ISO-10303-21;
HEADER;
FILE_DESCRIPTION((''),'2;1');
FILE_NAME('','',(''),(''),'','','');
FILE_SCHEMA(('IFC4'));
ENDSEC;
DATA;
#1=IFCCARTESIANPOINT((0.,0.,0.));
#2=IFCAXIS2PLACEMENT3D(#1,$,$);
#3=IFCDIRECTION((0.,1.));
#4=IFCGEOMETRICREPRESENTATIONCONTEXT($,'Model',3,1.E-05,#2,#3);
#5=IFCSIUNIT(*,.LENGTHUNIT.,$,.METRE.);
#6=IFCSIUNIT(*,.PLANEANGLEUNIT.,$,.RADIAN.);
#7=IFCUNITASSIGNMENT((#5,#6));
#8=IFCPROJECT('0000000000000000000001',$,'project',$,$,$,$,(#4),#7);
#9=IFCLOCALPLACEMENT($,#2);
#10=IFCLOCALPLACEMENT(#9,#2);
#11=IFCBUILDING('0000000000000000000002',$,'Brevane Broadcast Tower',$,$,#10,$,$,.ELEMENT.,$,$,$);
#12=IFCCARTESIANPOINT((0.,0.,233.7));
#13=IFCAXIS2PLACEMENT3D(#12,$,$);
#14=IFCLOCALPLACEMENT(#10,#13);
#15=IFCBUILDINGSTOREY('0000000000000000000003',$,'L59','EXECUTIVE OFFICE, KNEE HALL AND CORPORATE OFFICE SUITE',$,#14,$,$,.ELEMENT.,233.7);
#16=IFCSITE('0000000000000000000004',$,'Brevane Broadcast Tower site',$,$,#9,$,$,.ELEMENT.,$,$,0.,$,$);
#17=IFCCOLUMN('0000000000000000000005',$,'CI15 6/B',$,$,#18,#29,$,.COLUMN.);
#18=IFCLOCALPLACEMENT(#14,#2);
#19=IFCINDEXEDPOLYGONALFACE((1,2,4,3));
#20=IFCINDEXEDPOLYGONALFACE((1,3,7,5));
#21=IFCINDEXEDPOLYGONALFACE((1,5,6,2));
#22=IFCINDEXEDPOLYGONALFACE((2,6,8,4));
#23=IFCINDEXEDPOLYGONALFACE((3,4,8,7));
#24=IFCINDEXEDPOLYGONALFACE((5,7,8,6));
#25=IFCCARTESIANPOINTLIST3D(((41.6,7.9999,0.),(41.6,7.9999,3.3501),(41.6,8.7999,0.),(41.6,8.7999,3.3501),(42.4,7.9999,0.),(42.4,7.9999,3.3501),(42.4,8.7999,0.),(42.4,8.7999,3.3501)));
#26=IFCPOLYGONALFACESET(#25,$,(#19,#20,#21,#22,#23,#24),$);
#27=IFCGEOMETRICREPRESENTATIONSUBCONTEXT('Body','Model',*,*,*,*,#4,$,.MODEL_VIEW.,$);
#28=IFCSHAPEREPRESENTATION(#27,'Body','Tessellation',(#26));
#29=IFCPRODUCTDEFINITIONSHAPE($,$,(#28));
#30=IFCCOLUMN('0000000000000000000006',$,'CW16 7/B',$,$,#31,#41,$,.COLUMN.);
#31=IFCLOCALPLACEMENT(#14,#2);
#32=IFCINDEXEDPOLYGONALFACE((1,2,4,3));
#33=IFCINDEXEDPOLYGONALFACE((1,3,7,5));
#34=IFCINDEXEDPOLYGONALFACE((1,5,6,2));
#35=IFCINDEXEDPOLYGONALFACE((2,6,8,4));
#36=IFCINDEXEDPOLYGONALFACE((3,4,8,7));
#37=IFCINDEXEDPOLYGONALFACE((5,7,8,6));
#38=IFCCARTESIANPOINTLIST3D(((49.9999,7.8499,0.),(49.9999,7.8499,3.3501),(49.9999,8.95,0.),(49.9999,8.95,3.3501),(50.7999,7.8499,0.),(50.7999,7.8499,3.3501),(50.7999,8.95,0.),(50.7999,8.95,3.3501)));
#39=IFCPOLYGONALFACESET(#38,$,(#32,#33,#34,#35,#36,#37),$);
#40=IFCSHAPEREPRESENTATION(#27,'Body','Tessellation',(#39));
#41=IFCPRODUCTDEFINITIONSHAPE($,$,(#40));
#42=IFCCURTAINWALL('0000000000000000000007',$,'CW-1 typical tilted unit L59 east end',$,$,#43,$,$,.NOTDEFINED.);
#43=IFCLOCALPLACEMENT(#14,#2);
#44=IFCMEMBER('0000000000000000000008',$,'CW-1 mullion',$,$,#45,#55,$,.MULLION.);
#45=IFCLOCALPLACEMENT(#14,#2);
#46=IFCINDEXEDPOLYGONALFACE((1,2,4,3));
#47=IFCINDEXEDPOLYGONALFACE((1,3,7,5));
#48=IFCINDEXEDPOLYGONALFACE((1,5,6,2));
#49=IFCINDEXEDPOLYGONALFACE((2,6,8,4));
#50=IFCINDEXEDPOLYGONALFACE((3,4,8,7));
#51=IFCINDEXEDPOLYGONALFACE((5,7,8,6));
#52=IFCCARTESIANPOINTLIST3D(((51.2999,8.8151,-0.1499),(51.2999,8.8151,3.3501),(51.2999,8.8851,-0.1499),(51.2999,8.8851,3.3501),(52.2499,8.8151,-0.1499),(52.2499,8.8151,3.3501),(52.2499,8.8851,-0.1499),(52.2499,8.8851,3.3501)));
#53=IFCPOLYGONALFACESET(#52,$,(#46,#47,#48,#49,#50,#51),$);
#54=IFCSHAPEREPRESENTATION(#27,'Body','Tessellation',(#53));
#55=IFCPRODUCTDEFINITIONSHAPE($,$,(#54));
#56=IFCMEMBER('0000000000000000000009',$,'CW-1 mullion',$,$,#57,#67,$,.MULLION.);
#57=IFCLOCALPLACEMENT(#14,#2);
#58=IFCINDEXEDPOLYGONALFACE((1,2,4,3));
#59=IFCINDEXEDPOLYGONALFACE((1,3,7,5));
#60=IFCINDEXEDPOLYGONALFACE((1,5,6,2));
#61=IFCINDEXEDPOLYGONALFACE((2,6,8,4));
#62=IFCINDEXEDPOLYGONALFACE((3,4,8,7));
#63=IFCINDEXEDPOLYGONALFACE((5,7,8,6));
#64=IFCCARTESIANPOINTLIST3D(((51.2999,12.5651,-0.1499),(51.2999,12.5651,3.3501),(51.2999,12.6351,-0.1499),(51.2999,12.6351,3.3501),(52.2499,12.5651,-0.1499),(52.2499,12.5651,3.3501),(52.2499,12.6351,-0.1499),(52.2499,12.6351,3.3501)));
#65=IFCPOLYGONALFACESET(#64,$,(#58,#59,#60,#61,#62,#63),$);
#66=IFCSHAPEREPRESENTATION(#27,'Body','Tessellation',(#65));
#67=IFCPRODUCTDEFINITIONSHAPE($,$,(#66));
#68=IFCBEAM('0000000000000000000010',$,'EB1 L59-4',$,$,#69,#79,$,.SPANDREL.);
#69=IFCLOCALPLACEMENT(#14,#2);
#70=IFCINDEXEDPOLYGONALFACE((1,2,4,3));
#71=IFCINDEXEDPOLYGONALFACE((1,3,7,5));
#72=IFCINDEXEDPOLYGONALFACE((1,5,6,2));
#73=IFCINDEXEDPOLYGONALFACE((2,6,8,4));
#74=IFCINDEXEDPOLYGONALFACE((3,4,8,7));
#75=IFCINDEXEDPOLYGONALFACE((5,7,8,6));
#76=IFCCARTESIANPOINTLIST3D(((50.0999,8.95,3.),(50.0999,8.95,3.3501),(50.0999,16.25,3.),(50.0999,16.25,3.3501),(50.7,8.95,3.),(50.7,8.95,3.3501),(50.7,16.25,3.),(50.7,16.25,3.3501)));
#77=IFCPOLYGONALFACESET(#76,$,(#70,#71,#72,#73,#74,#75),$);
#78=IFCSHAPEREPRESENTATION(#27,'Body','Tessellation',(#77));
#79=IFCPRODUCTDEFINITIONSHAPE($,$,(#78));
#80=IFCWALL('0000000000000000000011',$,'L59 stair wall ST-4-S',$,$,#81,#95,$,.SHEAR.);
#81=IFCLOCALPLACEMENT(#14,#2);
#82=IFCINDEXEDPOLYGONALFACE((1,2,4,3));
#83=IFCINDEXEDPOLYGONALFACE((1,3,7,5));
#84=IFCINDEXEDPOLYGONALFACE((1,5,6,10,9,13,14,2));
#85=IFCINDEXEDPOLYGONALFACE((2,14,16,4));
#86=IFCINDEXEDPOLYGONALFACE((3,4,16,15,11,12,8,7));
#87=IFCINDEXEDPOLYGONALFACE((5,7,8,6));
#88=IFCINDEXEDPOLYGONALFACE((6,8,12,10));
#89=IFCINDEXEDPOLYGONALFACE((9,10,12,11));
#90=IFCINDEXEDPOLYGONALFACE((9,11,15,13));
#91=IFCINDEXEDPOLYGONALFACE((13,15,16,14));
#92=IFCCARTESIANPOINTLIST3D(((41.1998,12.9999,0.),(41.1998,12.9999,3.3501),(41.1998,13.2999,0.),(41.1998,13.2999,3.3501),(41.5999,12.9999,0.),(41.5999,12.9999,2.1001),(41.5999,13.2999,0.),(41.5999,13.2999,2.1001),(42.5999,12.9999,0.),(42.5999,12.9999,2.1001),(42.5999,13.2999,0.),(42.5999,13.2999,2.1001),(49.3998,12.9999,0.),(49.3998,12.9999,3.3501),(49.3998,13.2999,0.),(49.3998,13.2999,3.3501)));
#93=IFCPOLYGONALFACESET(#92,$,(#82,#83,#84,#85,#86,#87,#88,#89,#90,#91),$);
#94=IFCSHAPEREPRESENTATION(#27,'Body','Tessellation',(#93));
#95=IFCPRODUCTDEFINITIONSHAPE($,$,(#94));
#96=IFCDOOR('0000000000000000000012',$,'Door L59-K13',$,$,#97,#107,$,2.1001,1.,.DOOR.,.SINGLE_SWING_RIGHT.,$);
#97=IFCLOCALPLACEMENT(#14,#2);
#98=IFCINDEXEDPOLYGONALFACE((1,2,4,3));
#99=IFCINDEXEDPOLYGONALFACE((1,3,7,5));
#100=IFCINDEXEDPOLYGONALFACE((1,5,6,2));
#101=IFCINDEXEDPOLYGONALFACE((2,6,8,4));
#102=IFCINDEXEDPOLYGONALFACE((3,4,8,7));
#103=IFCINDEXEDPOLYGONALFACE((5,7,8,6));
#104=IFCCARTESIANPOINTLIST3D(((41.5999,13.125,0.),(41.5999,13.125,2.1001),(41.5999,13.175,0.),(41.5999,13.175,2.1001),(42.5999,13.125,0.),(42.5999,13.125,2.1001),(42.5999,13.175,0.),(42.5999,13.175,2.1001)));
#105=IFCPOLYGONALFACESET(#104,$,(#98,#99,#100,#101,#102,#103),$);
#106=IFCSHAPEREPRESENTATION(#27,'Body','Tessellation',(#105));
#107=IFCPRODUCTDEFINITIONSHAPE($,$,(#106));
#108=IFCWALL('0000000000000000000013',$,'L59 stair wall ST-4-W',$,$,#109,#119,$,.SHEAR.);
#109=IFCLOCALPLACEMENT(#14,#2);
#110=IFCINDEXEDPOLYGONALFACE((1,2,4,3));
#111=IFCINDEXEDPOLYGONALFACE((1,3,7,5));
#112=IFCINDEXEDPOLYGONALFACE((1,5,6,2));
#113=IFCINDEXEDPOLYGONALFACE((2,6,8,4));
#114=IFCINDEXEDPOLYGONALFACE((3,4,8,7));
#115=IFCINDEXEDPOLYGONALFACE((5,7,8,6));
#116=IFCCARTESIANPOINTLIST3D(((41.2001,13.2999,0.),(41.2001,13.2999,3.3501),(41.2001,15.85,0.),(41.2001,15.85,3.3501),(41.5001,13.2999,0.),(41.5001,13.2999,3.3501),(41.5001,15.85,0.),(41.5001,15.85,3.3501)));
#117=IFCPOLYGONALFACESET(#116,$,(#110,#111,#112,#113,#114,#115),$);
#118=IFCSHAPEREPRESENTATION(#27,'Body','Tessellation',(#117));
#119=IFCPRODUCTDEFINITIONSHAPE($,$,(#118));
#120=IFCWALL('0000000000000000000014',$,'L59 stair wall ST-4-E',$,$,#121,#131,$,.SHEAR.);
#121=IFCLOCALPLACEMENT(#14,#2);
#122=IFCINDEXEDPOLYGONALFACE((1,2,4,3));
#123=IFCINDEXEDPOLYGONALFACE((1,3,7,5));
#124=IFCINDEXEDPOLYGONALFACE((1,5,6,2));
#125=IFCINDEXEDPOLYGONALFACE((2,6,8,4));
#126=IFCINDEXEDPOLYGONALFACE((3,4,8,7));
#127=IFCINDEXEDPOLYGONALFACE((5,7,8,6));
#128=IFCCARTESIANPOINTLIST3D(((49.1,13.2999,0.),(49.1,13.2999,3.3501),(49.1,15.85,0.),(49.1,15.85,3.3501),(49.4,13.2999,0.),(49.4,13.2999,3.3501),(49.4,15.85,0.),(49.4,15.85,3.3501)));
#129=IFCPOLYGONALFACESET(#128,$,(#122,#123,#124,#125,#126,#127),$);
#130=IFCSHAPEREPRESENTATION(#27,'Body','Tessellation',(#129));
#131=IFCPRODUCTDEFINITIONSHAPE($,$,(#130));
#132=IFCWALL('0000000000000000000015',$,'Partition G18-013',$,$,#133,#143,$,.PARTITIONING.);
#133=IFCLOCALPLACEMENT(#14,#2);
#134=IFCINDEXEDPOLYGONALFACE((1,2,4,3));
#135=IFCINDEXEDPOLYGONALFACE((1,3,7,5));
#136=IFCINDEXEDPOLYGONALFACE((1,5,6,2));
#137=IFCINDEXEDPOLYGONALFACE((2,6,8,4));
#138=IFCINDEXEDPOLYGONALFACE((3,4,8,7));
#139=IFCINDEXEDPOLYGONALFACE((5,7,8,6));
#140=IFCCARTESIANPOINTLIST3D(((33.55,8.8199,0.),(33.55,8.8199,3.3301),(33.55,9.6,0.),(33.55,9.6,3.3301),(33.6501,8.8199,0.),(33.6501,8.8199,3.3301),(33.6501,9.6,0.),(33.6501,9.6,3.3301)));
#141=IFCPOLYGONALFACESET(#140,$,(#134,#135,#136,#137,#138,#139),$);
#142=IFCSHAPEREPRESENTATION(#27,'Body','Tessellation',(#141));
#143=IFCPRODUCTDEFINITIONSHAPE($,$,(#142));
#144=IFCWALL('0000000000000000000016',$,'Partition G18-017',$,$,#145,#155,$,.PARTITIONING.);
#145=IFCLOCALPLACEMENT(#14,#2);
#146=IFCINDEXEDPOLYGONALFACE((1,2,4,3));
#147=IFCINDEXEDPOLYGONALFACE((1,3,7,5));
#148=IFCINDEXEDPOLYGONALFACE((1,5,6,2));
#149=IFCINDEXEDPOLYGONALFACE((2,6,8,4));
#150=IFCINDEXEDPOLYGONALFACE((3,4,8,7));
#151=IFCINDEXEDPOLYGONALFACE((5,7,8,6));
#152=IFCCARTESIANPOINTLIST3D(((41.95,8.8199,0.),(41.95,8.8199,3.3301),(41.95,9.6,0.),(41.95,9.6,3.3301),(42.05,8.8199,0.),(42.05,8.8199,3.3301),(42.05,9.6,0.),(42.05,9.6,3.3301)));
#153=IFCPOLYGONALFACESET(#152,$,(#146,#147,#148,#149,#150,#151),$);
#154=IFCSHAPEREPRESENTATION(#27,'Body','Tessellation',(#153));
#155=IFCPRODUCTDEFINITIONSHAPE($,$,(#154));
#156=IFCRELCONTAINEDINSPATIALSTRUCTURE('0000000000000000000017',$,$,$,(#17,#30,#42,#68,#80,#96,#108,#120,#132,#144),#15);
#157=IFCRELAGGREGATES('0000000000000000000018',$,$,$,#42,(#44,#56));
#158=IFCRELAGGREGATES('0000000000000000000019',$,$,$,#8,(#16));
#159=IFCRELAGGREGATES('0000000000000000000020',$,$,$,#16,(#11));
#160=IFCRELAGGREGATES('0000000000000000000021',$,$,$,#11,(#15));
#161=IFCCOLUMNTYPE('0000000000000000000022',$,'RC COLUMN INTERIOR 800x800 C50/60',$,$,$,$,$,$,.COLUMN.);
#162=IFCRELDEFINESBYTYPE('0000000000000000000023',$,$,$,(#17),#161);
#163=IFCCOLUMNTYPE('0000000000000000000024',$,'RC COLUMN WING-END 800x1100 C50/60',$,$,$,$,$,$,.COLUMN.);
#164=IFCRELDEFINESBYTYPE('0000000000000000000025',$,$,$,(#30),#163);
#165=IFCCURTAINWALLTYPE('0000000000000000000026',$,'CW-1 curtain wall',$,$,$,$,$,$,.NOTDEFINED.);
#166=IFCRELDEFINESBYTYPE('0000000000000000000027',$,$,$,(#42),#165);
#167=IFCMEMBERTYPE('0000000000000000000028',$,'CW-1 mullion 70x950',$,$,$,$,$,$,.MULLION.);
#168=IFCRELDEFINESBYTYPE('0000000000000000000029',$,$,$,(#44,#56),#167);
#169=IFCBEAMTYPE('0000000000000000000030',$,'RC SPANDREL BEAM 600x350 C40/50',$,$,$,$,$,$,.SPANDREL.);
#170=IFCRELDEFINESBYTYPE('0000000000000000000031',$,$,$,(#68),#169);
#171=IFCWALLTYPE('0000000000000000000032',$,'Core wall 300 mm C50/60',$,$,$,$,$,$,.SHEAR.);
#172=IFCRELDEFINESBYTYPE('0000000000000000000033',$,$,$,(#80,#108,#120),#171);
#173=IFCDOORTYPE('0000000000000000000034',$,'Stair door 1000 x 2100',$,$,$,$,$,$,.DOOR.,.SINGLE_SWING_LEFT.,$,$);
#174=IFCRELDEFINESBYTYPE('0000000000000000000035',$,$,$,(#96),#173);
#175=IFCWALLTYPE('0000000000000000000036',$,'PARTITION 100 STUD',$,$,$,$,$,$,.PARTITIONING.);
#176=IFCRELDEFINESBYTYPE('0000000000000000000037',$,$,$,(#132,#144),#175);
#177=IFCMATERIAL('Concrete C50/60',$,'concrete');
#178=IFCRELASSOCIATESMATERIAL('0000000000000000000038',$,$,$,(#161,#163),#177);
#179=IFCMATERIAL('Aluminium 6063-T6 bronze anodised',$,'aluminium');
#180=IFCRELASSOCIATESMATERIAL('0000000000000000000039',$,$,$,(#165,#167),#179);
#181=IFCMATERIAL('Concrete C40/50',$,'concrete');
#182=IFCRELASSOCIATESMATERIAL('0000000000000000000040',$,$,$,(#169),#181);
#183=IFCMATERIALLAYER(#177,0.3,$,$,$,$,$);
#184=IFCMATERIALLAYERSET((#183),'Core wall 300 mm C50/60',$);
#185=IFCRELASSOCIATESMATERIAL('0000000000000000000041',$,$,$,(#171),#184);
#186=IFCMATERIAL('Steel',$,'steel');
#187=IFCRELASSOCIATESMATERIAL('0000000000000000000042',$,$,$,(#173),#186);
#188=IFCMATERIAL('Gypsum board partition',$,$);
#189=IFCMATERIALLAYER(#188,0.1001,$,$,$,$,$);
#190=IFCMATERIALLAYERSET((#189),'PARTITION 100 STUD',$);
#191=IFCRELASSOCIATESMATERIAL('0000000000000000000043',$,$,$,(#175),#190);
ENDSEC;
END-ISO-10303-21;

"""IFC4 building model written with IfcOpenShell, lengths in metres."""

from ifc_helpers import new_model, si_unit, direction, frame, frame_2d, origin, origin_2d, place, context, subcontext, project, spatial, rectangle, extrude, material, layer, layer_set, material_profile, profile_set, type_object, element, fill, aggregate, save


model = new_model("IFC4")

# Units and contexts
model_context = context("Model", 3, precision=1e-05, world=origin(), true_north=direction((0.0, 1.0)))
body_context = subcontext(model_context, "Body", "Model", "MODEL_VIEW")
ifc_project = project(units=[si_unit("LENGTHUNIT", "METRE"), si_unit("PLANEANGLEUNIT", "RADIAN")], contexts=[model_context])

# Site, building, storey
site_placement = place(None, origin())
site = spatial("IfcSite", under=ifc_project, at=site_placement, Name="Brevane Broadcast Tower site", CompositionType="ELEMENT", RefElevation=0.0)
building_placement = place(site_placement, origin())
building = spatial("IfcBuilding", under=site, at=building_placement, Name="Brevane Broadcast Tower", CompositionType="ELEMENT")
storey_placement = place(building_placement, frame((0.0, 0.0, 233.7)))
storey = spatial("IfcBuildingStorey", under=building, at=storey_placement, Name="L59", Description="EXECUTIVE OFFICE, KNEE HALL AND CORPORATE OFFICE SUITE", CompositionType="ELEMENT", Elevation=233.7)

# Columns
ifc_material_1 = material(Name="Concrete C50/60", Category="concrete")
ifc_material_profile_1 = material_profile(ifc_material_1, rectangle(XDim=0.8, YDim=0.8, at=origin_2d()), Name="RC 800x800")
ifc_profile_set_1 = profile_set([ifc_material_profile_1], Name="Concrete C50/60")
column_type_1 = type_object("IfcColumnType", Name="RC COLUMN INTERIOR 800x800 C50/60", PredefinedType="COLUMN", material=ifc_profile_set_1)
column_1_placement = place(storey_placement, frame((42.0, 8.3999, 0.0), z_axis=(0.0, 0.0, 1.0), x_axis=(1.0, 0.0, 0.0)))
element("IfcColumn", 1, at=column_1_placement, inside=storey, type_object=column_type_1, Name="CI15 6/B", PredefinedType="COLUMN", context=body_context, shape_type="SweptSolid", body=[
    extrude(rectangle(XDim=0.8, YDim=0.8, at=origin_2d()), origin(), (0.0, 0.0, 1.0), 3.3501),
])
ifc_material_profile_2 = material_profile(ifc_material_1, rectangle(XDim=0.8, YDim=1.1001, at=origin_2d()), Name="RC 800x1100")
ifc_profile_set_2 = profile_set([ifc_material_profile_2], Name="Concrete C50/60")
column_type_2 = type_object("IfcColumnType", Name="RC COLUMN WING-END 800x1100 C50/60", PredefinedType="COLUMN", material=ifc_profile_set_2)
column_2_placement = place(storey_placement, frame((50.3999, 8.3999, 0.0), z_axis=(0.0, 0.0, 1.0), x_axis=(1.0, 0.0, 0.0)))
element("IfcColumn", 2, at=column_2_placement, inside=storey, type_object=column_type_2, Name="CW16 7/B", PredefinedType="COLUMN", context=body_context, shape_type="SweptSolid", body=[
    extrude(rectangle(XDim=0.8, YDim=1.1001, at=origin_2d()), origin(), (0.0, 0.0, 1.0), 3.3501),
])

# Curtain wall, members
ifc_material_2 = material(Name="Aluminium 6063-T6 bronze anodised", Category="aluminium")
curtain_wall_type = type_object("IfcCurtainWallType", Name="CW-1 curtain wall", PredefinedType="NOTDEFINED", material=ifc_material_2)
curtain_wall_placement = place(storey_placement, origin())
curtain_wall = element("IfcCurtainWall", 3, at=curtain_wall_placement, inside=storey, type_object=curtain_wall_type, Name="CW-1 typical tilted unit L59 east end", PredefinedType="NOTDEFINED")
ifc_material_profile_3 = material_profile(ifc_material_2, rectangle(XDim=0.95, YDim=0.0701, at=origin_2d()), Name="RECT 70x950")
ifc_profile_set_3 = profile_set([ifc_material_profile_3], Name="Aluminium 6063-T6 bronze anodised")
member_type = type_object("IfcMemberType", Name="CW-1 mullion 70x950", PredefinedType="MULLION", material=ifc_profile_set_3)
member_1_placement = place(storey_placement, frame((51.7749, 8.8501, -0.1499), z_axis=(0.0, 0.0, 1.0), x_axis=(-1.0, 0.0, 0.0)))
member_1 = element("IfcMember", 4, at=member_1_placement, type_object=member_type, Name="CW-1 mullion", PredefinedType="MULLION", context=body_context, shape_type="SweptSolid", body=[
    extrude(rectangle(XDim=0.95, YDim=0.0701, at=origin_2d()), origin(), (0.0, 0.0, 1.0), 3.5),
])
member_2_placement = place(storey_placement, frame((51.7749, 12.6001, -0.1499), z_axis=(0.0, 0.0, 1.0), x_axis=(-1.0, 0.0, 0.0)))
member_2 = element("IfcMember", 5, at=member_2_placement, type_object=member_type, Name="CW-1 mullion", PredefinedType="MULLION", context=body_context, shape_type="SweptSolid", body=[
    extrude(rectangle(XDim=0.95, YDim=0.0701, at=origin_2d()), origin(), (0.0, 0.0, 1.0), 3.5),
])
aggregate(curtain_wall, [member_1, member_2])

# Beam
ifc_material_3 = material(Name="Concrete C40/50", Category="concrete")
ifc_material_profile_4 = material_profile(ifc_material_3, rectangle(XDim=0.6001, YDim=0.3501, at=origin_2d()), Name="RC 600x350")
ifc_profile_set_4 = profile_set([ifc_material_profile_4], Name="Concrete C40/50")
beam_type = type_object("IfcBeamType", Name="RC SPANDREL BEAM 600x350 C40/50", PredefinedType="SPANDREL", material=ifc_profile_set_4)
beam_placement = place(storey_placement, frame((50.3999, 8.95, 3.175), z_axis=(0.0, 1.0, 0.0), x_axis=(-1.0, 0.0, 0.0)))
element("IfcBeam", 6, at=beam_placement, inside=storey, type_object=beam_type, Name="EB1 L59-4", PredefinedType="SPANDREL", context=body_context, shape_type="SweptSolid", body=[
    extrude(rectangle(XDim=0.6001, YDim=0.3501, at=origin_2d()), origin(), (0.0, 0.0, 1.0), 7.3),
])

# Wall, opening, door
ifc_layer_1 = layer(ifc_material_1, 0.3)
ifc_layer_set_1 = layer_set([ifc_layer_1], Name="Core wall 300 mm C50/60")
wall_type_1 = type_object("IfcWallType", Name="Core wall 300 mm C50/60", PredefinedType="SHEAR", material=ifc_layer_set_1)
wall_1_placement = place(storey_placement, frame((49.3999, 13.1499, 0.0), z_axis=(0.0, 0.0, 1.0), x_axis=(-1.0, 0.0, 0.0)))
wall_1 = element("IfcWall", 7, at=wall_1_placement, inside=storey, type_object=wall_type_1, Name="L59 stair wall ST-4-S", PredefinedType="SHEAR", context=body_context, shape_type="SweptSolid", body=[
    extrude(rectangle(XDim=8.2, YDim=0.3, at=frame_2d((4.1001, 0.0))), origin(), (0.0, 0.0, 1.0), 3.3501),
])
opening_1_placement = place(wall_1_placement, frame((6.8, 0.0, 0.0)))
opening_1 = element("IfcOpeningElement", 8, at=opening_1_placement, cuts=wall_1, PredefinedType="OPENING", context=body_context, shape_type="SweptSolid", body=[
    extrude(rectangle(XDim=1.0, YDim=2.1001, at=frame_2d((0.5, 1.05))), frame((0.0, 0.1599, 0.0), z_axis=(0.0, -1.0, 0.0), x_axis=(1.0, 0.0, 0.0)), (0.0, 0.0, 1.0), 0.3201),
])
ifc_material_4 = material(Name="Steel", Category="steel")
door_type_1 = type_object("IfcDoorType", Name="Stair door 1000 x 2100", OperationType="SINGLE_SWING_LEFT", PredefinedType="DOOR", material=ifc_material_4)
door_1_placement = place(opening_1_placement, origin())
door_1 = element("IfcDoor", 9, at=door_1_placement, inside=storey, type_object=door_type_1, Name="Door L59-K13", OperationType="SINGLE_SWING_RIGHT", OverallHeight=2.1001, OverallWidth=1.0, PredefinedType="DOOR", context=body_context, shape_type="SweptSolid", body=[
    extrude(rectangle(XDim=1.0, YDim=2.1001, at=frame_2d((0.5, 1.05))), frame((0.0, 0.0249, 0.0), z_axis=(0.0, -1.0, 0.0), x_axis=(1.0, 0.0, 0.0)), (0.0, 0.0, 1.0), 0.05),
])
fill(opening_1, door_1)

# Walls
for number, where, z_axis, x_axis, name in (
    (10, (41.3501, 13.3, 0.0), (0.0, 0.0, 1.0), (0.0, 1.0, 0.0), "L59 stair wall ST-4-W"),
    (11, (49.25, 13.3, 0.0), (0.0, 0.0, 1.0), (0.0, 1.0, 0.0), "L59 stair wall ST-4-E"),
):
    element("IfcWall", number, at=place(storey_placement, frame(where, z_axis=z_axis, x_axis=x_axis)), inside=storey, type_object=wall_type_1, Name=name, PredefinedType="SHEAR", context=body_context, shape_type="SweptSolid", body=[
        extrude(rectangle(XDim=2.55, YDim=0.3, at=frame_2d((1.2749, 0.0))), origin(), (0.0, 0.0, 1.0), 3.3501),
    ])
ifc_material_5 = material(Name="Gypsum board partition")
ifc_layer_2 = layer(ifc_material_5, 0.1001)
ifc_layer_set_2 = layer_set([ifc_layer_2], Name="PARTITION 100 STUD")
wall_type_2 = type_object("IfcWallType", Name="PARTITION 100 STUD", PredefinedType="PARTITIONING", material=ifc_layer_set_2)
for number, where, z_axis, x_axis, name in (
    (12, (33.6001, 9.6001, 0.0), (0.0, 0.0, 1.0), (0.0, -1.0, 0.0), "Partition G18-013"),
    (13, (42.0, 9.6001, 0.0), (0.0, 0.0, 1.0), (0.0, -1.0, 0.0), "Partition G18-017"),
):
    element("IfcWall", number, at=place(storey_placement, frame(where, z_axis=z_axis, x_axis=x_axis)), inside=storey, type_object=wall_type_2, Name=name, PredefinedType="PARTITIONING", context=body_context, shape_type="SweptSolid", body=[
        extrude(rectangle(XDim=0.78, YDim=0.1001, at=frame_2d((0.3901, 0.0))), origin(), (0.0, 0.0, 1.0), 3.3301),
    ])

save(model, "model.ifc")
